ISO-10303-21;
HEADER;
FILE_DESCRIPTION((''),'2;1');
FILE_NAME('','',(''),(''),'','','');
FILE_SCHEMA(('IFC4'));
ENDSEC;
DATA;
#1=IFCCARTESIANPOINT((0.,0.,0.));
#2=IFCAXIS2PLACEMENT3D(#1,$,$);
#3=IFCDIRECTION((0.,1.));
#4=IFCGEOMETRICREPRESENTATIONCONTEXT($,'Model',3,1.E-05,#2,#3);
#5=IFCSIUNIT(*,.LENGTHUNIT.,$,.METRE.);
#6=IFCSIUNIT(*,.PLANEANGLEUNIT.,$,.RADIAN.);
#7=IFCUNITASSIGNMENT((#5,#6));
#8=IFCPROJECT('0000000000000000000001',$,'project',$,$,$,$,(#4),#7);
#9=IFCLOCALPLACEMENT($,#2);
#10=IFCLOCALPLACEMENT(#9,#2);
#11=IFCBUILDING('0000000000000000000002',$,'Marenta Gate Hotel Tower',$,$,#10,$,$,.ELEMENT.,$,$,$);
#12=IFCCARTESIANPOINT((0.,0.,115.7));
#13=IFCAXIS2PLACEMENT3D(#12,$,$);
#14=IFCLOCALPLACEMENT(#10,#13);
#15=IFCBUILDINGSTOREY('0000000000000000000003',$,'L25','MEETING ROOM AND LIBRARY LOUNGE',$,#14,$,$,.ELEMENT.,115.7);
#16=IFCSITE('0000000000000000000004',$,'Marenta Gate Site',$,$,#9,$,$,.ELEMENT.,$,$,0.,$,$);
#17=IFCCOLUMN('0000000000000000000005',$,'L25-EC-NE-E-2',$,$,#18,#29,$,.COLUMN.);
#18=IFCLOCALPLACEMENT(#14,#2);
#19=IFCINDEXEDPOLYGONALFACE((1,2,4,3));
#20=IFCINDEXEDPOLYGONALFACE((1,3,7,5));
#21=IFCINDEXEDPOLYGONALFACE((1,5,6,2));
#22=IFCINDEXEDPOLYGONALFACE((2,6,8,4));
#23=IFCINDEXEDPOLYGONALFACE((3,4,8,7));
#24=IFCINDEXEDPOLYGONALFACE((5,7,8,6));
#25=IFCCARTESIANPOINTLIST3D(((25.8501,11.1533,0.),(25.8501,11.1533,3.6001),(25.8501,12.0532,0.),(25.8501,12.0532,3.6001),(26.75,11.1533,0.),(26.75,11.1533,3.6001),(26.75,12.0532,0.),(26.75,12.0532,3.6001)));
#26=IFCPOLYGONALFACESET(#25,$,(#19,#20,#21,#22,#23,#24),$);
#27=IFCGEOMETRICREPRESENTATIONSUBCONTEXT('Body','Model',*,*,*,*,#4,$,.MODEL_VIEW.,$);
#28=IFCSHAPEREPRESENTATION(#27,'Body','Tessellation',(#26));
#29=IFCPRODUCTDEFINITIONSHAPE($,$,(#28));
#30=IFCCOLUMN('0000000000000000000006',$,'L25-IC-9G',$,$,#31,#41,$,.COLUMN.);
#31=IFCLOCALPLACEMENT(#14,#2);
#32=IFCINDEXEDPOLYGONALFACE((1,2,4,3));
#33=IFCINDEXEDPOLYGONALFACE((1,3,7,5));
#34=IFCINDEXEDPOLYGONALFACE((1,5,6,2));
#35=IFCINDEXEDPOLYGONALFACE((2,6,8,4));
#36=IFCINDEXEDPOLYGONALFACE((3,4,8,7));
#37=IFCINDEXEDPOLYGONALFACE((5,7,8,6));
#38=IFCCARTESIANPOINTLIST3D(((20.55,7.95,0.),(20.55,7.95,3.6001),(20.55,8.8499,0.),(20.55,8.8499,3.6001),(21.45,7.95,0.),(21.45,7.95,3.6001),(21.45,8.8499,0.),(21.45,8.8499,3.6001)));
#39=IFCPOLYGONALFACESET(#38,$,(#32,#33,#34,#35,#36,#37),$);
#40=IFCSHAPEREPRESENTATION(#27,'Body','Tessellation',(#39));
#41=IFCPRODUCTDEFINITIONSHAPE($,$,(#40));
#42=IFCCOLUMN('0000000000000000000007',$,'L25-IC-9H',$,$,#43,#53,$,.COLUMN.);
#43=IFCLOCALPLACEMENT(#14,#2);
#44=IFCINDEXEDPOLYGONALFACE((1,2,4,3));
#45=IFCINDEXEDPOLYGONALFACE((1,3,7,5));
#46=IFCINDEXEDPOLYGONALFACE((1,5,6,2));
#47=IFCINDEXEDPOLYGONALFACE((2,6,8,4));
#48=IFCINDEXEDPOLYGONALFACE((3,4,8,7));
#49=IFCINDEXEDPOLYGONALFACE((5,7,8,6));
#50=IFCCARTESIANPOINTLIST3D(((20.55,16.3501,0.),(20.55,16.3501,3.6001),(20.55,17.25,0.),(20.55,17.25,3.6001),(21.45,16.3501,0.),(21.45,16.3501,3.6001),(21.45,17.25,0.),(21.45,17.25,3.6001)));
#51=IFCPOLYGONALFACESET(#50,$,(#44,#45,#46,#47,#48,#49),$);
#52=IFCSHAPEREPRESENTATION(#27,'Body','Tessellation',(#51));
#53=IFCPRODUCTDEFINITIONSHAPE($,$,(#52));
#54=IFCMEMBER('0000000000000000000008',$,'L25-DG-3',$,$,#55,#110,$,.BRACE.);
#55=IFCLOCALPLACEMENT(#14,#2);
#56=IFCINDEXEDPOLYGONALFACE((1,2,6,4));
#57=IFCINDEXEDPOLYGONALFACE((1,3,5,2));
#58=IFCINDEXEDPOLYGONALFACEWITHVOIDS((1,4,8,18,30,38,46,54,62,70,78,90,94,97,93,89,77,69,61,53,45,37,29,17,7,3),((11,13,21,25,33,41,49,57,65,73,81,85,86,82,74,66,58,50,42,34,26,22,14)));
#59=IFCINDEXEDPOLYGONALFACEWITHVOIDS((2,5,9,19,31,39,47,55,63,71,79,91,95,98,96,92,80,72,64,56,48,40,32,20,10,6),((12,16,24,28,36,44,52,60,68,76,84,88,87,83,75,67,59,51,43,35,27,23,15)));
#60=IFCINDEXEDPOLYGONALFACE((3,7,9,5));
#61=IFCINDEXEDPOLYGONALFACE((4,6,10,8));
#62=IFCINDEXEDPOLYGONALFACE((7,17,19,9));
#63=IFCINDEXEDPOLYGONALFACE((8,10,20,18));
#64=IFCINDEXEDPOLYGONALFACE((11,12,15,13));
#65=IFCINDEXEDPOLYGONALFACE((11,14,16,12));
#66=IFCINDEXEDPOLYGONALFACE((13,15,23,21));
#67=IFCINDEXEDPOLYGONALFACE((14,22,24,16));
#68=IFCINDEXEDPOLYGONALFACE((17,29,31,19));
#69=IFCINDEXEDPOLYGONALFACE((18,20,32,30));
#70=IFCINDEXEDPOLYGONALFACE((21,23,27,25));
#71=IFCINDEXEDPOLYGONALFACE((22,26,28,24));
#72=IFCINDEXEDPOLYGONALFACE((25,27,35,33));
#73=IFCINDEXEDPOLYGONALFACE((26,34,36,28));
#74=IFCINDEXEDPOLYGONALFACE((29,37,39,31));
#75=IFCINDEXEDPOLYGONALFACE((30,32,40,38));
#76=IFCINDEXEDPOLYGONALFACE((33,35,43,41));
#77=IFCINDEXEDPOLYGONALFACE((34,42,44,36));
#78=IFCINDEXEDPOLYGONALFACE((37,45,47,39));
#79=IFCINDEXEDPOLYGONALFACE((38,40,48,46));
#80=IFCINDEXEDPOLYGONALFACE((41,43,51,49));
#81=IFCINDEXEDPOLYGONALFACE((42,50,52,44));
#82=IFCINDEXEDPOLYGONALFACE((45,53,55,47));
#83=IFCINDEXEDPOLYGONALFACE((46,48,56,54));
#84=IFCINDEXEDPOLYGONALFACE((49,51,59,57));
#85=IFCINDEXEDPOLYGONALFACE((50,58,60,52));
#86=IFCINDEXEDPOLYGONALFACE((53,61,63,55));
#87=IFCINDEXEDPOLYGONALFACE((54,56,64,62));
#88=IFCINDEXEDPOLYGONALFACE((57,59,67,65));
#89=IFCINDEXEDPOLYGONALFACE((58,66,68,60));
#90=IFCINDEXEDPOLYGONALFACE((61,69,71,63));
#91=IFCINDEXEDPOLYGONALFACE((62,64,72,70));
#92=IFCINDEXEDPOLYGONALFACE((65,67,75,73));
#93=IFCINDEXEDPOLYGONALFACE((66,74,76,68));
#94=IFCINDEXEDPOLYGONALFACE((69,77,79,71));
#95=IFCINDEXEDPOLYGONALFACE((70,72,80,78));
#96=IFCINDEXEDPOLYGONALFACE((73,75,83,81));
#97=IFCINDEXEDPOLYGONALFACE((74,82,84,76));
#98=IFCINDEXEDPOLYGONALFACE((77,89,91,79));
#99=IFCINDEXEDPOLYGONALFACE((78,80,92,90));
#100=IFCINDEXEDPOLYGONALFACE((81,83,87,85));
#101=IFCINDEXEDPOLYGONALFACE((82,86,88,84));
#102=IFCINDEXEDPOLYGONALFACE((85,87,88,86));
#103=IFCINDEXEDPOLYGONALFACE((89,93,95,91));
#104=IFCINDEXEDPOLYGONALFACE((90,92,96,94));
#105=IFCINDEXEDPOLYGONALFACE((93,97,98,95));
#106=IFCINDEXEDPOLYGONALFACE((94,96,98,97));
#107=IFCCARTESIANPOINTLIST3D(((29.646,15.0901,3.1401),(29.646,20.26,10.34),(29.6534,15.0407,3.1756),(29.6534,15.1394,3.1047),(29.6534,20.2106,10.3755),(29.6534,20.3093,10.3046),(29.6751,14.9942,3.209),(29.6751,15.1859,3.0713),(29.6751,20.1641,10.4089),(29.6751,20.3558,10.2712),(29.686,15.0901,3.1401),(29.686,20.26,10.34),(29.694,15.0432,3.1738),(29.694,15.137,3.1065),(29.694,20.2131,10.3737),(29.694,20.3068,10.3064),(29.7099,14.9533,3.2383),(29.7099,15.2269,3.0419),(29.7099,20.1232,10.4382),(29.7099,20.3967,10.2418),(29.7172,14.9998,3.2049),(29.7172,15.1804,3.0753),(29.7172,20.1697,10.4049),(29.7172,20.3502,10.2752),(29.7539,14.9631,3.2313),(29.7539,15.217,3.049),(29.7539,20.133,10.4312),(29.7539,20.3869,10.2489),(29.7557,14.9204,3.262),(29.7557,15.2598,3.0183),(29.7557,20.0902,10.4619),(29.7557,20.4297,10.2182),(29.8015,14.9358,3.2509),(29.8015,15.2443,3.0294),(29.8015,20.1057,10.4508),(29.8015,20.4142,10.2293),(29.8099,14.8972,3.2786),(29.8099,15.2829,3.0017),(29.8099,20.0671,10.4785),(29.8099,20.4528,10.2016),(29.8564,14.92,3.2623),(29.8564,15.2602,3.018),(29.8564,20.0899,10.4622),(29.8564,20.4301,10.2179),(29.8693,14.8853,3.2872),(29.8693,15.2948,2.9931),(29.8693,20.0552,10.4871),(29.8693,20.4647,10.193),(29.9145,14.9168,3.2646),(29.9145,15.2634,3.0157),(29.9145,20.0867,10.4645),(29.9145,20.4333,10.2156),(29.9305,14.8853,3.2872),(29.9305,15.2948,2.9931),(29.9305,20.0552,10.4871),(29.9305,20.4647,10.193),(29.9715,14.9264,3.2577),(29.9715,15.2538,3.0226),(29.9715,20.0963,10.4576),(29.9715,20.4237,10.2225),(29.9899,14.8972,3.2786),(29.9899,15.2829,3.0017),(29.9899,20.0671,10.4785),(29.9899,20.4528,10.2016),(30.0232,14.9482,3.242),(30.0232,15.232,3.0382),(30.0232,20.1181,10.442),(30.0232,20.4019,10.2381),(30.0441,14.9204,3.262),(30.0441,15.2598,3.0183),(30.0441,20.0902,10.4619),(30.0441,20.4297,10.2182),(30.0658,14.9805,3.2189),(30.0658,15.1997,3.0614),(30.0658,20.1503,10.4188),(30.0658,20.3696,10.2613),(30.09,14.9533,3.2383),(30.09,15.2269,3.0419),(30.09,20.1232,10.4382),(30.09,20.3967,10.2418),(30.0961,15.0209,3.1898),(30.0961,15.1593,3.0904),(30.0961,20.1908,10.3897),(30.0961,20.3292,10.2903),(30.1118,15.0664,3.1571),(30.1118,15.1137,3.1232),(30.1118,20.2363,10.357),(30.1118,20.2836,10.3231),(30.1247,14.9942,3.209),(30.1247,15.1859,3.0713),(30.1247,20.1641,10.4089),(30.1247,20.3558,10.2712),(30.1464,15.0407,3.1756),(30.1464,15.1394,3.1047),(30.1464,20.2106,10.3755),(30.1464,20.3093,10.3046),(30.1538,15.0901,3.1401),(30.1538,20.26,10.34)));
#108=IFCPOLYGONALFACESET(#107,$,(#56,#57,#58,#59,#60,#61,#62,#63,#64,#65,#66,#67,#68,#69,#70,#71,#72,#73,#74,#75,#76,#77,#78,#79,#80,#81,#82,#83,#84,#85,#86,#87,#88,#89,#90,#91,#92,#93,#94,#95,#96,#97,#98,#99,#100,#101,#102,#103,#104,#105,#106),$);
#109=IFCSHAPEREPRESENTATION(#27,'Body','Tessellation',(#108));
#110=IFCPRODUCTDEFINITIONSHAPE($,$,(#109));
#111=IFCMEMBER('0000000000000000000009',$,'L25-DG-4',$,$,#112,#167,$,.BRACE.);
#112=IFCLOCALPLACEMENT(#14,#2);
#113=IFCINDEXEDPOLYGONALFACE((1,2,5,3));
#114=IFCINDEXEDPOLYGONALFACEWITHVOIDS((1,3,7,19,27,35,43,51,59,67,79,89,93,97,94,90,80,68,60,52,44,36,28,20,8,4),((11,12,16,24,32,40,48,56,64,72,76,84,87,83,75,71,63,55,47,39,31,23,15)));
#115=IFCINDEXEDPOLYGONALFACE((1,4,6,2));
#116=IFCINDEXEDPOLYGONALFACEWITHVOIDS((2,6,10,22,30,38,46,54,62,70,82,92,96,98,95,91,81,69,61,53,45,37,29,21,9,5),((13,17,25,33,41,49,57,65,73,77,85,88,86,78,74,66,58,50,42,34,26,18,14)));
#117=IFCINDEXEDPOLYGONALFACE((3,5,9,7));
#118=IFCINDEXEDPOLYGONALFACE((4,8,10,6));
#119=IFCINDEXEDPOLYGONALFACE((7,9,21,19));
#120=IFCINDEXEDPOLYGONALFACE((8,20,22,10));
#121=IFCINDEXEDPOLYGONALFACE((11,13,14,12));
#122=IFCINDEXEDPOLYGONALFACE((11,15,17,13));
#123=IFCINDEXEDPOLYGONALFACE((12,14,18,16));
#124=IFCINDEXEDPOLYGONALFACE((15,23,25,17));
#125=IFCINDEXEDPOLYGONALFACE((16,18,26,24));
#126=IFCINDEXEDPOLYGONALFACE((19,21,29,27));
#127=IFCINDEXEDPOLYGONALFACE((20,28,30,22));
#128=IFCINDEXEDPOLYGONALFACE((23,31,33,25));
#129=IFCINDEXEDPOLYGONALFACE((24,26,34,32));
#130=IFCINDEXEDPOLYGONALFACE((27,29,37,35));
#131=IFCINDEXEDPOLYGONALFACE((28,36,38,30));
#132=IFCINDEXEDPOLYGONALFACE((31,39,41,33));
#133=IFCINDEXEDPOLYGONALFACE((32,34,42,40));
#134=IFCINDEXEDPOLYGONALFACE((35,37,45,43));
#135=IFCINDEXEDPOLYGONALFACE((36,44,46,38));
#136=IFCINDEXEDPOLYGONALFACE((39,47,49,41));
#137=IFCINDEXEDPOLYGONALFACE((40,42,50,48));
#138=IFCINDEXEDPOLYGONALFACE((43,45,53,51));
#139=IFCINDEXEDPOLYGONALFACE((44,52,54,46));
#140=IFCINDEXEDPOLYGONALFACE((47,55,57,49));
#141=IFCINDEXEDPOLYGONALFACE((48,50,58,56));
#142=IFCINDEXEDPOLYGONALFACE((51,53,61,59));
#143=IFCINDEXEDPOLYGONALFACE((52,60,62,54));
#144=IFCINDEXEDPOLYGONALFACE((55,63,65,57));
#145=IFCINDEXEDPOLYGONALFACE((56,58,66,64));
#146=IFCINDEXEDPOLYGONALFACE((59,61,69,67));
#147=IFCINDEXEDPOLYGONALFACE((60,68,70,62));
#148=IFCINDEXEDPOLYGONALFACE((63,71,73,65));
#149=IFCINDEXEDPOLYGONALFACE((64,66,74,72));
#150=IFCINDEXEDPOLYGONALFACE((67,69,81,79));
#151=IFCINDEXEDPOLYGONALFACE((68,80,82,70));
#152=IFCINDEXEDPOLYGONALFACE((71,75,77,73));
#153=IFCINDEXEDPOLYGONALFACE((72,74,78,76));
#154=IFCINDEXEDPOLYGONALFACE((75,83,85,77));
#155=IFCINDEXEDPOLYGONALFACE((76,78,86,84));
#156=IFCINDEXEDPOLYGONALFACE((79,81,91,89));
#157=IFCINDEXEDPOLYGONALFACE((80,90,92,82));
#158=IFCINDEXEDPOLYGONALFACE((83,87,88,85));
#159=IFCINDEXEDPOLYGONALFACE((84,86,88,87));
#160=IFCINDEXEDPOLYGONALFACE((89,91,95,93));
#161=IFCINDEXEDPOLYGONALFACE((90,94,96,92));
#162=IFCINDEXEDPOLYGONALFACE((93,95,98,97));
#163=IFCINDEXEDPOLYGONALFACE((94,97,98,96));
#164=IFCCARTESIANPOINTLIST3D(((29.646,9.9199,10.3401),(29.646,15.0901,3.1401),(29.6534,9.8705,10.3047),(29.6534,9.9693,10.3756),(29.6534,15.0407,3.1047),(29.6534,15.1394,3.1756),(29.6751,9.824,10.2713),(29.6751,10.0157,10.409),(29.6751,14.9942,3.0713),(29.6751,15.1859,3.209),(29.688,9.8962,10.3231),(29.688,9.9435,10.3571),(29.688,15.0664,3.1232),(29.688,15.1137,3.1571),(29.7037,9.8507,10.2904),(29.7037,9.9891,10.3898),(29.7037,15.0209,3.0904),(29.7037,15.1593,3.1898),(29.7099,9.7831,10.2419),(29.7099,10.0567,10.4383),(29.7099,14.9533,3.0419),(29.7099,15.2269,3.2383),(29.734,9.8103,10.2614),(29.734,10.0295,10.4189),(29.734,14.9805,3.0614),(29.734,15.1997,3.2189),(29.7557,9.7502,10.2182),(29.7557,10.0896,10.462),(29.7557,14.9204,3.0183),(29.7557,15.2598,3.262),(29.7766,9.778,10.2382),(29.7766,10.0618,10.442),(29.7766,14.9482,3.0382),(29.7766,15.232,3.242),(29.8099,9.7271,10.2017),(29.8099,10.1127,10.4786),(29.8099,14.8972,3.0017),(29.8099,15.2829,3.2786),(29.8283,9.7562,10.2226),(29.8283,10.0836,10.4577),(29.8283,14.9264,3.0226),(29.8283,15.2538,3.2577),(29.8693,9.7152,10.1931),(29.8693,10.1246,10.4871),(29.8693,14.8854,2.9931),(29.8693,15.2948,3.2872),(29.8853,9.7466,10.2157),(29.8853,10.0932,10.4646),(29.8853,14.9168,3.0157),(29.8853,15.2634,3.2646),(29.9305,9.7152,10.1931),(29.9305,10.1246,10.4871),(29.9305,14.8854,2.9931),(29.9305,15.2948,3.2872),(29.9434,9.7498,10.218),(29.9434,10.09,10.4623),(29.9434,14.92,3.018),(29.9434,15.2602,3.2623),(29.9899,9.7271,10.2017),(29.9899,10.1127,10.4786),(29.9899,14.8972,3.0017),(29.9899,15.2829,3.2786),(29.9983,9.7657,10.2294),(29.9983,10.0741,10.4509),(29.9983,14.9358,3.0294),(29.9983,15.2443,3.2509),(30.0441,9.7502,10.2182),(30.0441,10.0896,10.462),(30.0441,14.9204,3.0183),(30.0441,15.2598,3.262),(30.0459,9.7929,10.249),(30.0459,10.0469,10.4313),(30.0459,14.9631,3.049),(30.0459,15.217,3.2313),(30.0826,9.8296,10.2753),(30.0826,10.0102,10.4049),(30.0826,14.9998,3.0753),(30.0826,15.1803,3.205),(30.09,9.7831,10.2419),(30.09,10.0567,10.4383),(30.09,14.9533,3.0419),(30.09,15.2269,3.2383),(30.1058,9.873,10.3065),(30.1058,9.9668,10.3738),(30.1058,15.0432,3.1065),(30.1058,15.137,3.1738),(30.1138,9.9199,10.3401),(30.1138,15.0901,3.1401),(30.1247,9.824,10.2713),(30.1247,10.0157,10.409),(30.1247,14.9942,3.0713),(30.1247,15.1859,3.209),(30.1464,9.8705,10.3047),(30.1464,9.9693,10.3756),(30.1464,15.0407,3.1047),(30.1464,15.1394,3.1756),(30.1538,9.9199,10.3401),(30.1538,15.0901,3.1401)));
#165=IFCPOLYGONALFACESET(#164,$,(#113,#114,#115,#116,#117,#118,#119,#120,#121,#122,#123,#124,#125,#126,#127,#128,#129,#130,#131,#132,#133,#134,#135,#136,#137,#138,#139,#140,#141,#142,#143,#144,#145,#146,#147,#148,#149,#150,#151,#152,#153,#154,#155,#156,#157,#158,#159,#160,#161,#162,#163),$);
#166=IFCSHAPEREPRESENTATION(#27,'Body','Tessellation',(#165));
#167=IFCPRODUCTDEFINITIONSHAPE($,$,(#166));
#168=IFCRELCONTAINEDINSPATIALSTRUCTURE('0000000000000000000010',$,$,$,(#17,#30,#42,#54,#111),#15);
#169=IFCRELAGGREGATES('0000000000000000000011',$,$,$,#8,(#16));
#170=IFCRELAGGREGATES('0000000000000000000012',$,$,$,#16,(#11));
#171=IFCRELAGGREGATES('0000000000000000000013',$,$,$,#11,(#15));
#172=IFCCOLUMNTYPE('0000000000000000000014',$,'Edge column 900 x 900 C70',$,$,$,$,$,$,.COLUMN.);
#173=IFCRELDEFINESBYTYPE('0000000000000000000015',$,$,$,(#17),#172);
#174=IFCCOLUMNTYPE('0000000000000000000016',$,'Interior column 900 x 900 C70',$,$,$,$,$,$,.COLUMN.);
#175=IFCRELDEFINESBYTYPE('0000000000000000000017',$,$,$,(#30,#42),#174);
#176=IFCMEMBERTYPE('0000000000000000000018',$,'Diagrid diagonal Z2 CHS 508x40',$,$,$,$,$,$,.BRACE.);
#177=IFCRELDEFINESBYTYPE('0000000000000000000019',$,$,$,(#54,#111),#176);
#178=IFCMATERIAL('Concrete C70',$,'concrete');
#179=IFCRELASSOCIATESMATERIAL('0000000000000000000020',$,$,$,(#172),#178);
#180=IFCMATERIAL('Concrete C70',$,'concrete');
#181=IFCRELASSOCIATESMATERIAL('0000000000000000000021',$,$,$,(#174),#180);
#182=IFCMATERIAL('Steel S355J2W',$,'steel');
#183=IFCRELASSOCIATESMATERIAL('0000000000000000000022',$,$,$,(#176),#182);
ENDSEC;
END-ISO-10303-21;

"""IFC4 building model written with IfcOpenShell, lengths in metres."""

from ifc_helpers import new_model, si_unit, direction, frame, origin, origin_2d, place, context, subcontext, project, spatial, rectangle, hollow_circle, extrude, material, material_profile, profile_set, type_object, element, save


model = new_model("IFC4")

# Units and contexts
model_context = context("Model", 3, precision=1e-05, world=origin(), true_north=direction((0.0, 1.0)))
body_context = subcontext(model_context, "Body", "Model", "MODEL_VIEW")
ifc_project = project(units=[si_unit("LENGTHUNIT", "METRE"), si_unit("PLANEANGLEUNIT", "RADIAN")], contexts=[model_context])

# Site, building, storey
site_placement = place(None, origin())
site = spatial("IfcSite", under=ifc_project, at=site_placement, Name="Marenta Gate Site", CompositionType="ELEMENT", RefElevation=0.0)
building_placement = place(site_placement, origin())
building = spatial("IfcBuilding", under=site, at=building_placement, Name="Marenta Gate Hotel Tower", CompositionType="ELEMENT")
storey_placement = place(building_placement, frame((0.0, 0.0, 115.7)))
storey = spatial("IfcBuildingStorey", under=building, at=storey_placement, Name="L25", Description="MEETING ROOM AND LIBRARY LOUNGE", CompositionType="ELEMENT", Elevation=115.7)

# Columns
ifc_material_1 = material(Name="Concrete C70", Category="concrete")
ifc_material_profile_1 = material_profile(ifc_material_1, rectangle(XDim=0.8999, YDim=0.8999, at=origin_2d()), Name="900 x 900")
ifc_profile_set_1 = profile_set([ifc_material_profile_1], Name="Concrete C70")
column_type_1 = type_object("IfcColumnType", Name="Edge column 900 x 900 C70", PredefinedType="COLUMN", material=ifc_profile_set_1)
column_placement = place(storey_placement, frame((26.3, 11.6033, 0.0), z_axis=(0.0, 0.0, 1.0), x_axis=(1.0, 0.0, 0.0)))
element("IfcColumn", 1, at=column_placement, inside=storey, type_object=column_type_1, Name="L25-EC-NE-E-2", PredefinedType="COLUMN", context=body_context, shape_type="SweptSolid", body=[
    extrude(rectangle(XDim=0.8999, YDim=0.8999, at=origin_2d()), origin(), (0.0, 0.0, 1.0), 3.6001),
])
ifc_material_2 = material(Name="Concrete C70", Category="concrete")
ifc_material_profile_2 = material_profile(ifc_material_2, rectangle(XDim=0.8999, YDim=0.8999, at=origin_2d()), Name="900 x 900")
ifc_profile_set_2 = profile_set([ifc_material_profile_2], Name="Concrete C70")
column_type_2 = type_object("IfcColumnType", Name="Interior column 900 x 900 C70", PredefinedType="COLUMN", material=ifc_profile_set_2)
for number, where, z_axis, x_axis, name in (
    (2, (21.0, 8.3999, 0.0), (0.0, 0.0, 1.0), (1.0, 0.0, 0.0), "L25-IC-9G"),
    (3, (21.0, 16.8, 0.0), (0.0, 0.0, 1.0), (1.0, 0.0, 0.0), "L25-IC-9H"),
):
    element("IfcColumn", number, at=place(storey_placement, frame(where, z_axis=z_axis, x_axis=x_axis)), inside=storey, type_object=column_type_2, Name=name, PredefinedType="COLUMN", context=body_context, shape_type="SweptSolid", body=[
        extrude(rectangle(XDim=0.8999, YDim=0.8999, at=origin_2d()), origin(), (0.0, 0.0, 1.0), 3.6001),
    ])

# Members
ifc_material_3 = material(Name="Steel S355J2W", Category="steel")
ifc_material_profile_3 = material_profile(ifc_material_3, hollow_circle(Radius=0.2539, WallThickness=0.04, at=origin_2d()), Name="CHS 508x40")
ifc_profile_set_3 = profile_set([ifc_material_profile_3], Name="Steel S355J2W")
member_type_1 = type_object("IfcMemberType", Name="Diagrid diagonal Z2 CHS 508x40", PredefinedType="BRACE", material=ifc_profile_set_3)
member_1_placement = place(storey_placement, frame((29.8999, 15.0901, 3.1401), z_axis=(0.0, 0.583261, 0.812285), x_axis=(-1.0, 0.0, 0.0)))
element("IfcMember", 4, at=member_1_placement, inside=storey, type_object=member_type_1, Name="L25-DG-3", PredefinedType="BRACE", context=body_context, shape_type="SweptSolid", body=[
    extrude(hollow_circle(Radius=0.2539, WallThickness=0.04, at=origin_2d()), origin(), (0.0, 0.0, 1.0), 8.8638),
])
member_2_placement = place(storey_placement, frame((29.8999, 15.0901, 3.1401), z_axis=(0.0, -0.583279, 0.812272), x_axis=(1.0, 0.0, 0.0)))
element("IfcMember", 5, at=member_2_placement, inside=storey, type_object=member_type_1, Name="L25-DG-4", PredefinedType="BRACE", context=body_context, shape_type="SweptSolid", body=[
    extrude(hollow_circle(Radius=0.2539, WallThickness=0.04, at=origin_2d()), origin(), (0.0, 0.0, 1.0), 8.864),
])

save(model, "model.ifc")
